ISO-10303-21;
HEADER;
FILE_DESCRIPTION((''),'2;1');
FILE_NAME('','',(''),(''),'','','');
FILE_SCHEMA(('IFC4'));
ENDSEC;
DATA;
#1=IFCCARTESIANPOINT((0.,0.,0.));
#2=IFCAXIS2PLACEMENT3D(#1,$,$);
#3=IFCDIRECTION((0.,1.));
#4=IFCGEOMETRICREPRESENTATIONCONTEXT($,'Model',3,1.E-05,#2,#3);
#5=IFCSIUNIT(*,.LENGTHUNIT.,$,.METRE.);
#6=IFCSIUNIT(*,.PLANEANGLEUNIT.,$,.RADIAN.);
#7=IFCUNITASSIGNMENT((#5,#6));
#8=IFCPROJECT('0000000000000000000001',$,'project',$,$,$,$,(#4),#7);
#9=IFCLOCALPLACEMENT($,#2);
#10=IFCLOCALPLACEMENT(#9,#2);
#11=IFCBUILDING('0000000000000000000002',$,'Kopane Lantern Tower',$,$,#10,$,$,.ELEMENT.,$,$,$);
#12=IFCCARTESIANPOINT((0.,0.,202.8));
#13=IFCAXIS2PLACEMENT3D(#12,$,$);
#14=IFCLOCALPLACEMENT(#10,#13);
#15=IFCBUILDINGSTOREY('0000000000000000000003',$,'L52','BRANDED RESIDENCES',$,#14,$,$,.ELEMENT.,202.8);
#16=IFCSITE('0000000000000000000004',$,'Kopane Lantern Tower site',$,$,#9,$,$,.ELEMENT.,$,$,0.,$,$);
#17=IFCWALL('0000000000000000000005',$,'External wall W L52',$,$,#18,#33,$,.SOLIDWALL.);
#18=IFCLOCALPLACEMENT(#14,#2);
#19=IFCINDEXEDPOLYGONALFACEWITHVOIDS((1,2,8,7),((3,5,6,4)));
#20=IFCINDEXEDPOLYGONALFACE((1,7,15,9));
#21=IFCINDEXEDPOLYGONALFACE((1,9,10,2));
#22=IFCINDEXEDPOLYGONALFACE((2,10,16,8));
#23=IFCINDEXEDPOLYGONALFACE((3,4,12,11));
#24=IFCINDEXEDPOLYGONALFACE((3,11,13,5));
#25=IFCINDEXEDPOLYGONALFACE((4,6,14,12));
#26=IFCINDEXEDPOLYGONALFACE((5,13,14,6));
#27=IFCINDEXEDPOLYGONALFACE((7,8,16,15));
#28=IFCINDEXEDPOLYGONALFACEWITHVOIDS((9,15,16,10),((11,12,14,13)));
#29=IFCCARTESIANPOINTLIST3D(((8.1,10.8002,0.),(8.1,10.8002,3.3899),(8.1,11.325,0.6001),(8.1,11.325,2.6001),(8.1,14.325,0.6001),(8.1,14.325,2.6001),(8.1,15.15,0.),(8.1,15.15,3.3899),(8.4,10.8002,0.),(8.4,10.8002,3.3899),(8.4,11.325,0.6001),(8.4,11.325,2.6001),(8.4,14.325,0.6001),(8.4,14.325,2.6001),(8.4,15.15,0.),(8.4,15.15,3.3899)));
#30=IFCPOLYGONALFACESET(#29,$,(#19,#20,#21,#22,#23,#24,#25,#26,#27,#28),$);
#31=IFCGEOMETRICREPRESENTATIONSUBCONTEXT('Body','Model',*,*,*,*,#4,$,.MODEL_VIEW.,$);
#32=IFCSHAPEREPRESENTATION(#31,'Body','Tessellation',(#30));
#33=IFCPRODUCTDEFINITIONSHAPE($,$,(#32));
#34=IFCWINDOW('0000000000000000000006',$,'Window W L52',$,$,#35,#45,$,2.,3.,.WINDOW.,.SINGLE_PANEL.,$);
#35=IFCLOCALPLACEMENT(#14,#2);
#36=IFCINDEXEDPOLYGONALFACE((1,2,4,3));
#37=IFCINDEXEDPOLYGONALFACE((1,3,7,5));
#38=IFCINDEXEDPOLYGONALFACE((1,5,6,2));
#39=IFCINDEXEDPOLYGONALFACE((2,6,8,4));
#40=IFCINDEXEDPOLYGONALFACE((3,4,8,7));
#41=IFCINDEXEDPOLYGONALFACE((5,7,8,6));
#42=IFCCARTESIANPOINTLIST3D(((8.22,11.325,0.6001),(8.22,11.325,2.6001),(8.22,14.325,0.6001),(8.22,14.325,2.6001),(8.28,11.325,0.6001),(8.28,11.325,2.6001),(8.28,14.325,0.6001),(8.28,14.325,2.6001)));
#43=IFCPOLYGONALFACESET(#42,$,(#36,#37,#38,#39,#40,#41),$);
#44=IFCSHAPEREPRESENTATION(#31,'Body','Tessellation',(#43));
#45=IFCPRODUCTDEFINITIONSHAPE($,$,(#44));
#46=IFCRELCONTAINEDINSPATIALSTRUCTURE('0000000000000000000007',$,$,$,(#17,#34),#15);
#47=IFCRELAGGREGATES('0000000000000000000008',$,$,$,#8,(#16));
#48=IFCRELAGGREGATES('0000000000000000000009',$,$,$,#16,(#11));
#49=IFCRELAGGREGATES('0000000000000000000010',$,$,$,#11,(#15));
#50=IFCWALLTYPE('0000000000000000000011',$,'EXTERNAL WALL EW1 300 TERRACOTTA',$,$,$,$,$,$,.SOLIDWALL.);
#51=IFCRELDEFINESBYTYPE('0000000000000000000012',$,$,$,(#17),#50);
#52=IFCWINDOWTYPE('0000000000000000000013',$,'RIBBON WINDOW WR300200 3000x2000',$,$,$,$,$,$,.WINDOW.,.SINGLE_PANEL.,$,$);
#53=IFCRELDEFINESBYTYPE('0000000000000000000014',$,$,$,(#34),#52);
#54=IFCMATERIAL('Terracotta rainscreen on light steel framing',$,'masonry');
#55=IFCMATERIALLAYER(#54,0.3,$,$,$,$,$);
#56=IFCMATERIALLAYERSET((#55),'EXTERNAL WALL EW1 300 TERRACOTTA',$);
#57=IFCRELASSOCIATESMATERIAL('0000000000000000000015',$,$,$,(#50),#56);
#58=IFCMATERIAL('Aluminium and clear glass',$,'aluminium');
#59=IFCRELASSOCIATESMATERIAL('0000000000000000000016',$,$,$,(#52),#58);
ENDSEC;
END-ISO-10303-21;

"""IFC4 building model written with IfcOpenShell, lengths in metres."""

from ifc_helpers import new_model, si_unit, direction, frame, frame_2d, origin, place, context, subcontext, project, spatial, rectangle, extrude, material, layer, layer_set, type_object, element, fill, save


model = new_model("IFC4")

# Units and contexts
model_context = context("Model", 3, precision=1e-05, world=origin(), true_north=direction((0.0, 1.0)))
body_context = subcontext(model_context, "Body", "Model", "MODEL_VIEW")
ifc_project = project(units=[si_unit("LENGTHUNIT", "METRE"), si_unit("PLANEANGLEUNIT", "RADIAN")], contexts=[model_context])

# Site, building, storey
site_placement = place(None, origin())
site = spatial("IfcSite", under=ifc_project, at=site_placement, Name="Kopane Lantern Tower site", CompositionType="ELEMENT", RefElevation=0.0)
building_placement = place(site_placement, origin())
building = spatial("IfcBuilding", under=site, at=building_placement, Name="Kopane Lantern Tower", CompositionType="ELEMENT")
storey_placement = place(building_placement, frame((0.0, 0.0, 202.8)))
storey = spatial("IfcBuildingStorey", under=building, at=storey_placement, Name="L52", Description="BRANDED RESIDENCES", CompositionType="ELEMENT", Elevation=202.8)

# Shared definitions
ifc_material_1 = material(Name="Terracotta rainscreen on light steel framing", Category="masonry")
ifc_layer = layer(ifc_material_1, 0.3)
ifc_layer_set = layer_set([ifc_layer], Name="EXTERNAL WALL EW1 300 TERRACOTTA")
wall_type = type_object("IfcWallType", Name="EXTERNAL WALL EW1 300 TERRACOTTA", PredefinedType="SOLIDWALL", material=ifc_layer_set)

# Wall, opening, window
wall_1_placement = place(storey_placement, frame((8.25, 15.1499, 0.0), z_axis=(0.0, 0.0, 1.0), x_axis=(0.0, -1.0, 0.0)))
wall_1 = element("IfcWall", 1, at=wall_1_placement, inside=storey, type_object=wall_type, Name="External wall W L52", PredefinedType="SOLIDWALL", context=body_context, shape_type="SweptSolid", body=[
    extrude(rectangle(XDim=4.3499, YDim=0.3, at=frame_2d((2.1748, 0.0))), origin(), (0.0, 0.0, 1.0), 3.3899),
])
opening_1_placement = place(wall_1_placement, frame((0.825, 0.0, 0.6001)))
opening_1 = element("IfcOpeningElement", 2, at=opening_1_placement, cuts=wall_1, PredefinedType="OPENING", context=body_context, shape_type="SweptSolid", body=[
    extrude(rectangle(XDim=3.0, YDim=2.0, at=frame_2d((1.5, 1.0))), frame((0.0, 0.1599, 0.0), z_axis=(0.0, -1.0, 0.0), x_axis=(1.0, 0.0, 0.0)), (0.0, 0.0, 1.0), 0.3201),
])
ifc_material_2 = material(Name="Aluminium and clear glass", Category="aluminium")
window_type_1 = type_object("IfcWindowType", Name="RIBBON WINDOW WR300200 3000x2000", PartitioningType="SINGLE_PANEL", PredefinedType="WINDOW", material=ifc_material_2)
window_1_placement = place(opening_1_placement, origin())
window_1 = element("IfcWindow", 3, at=window_1_placement, inside=storey, type_object=window_type_1, Name="Window W L52", OverallHeight=2.0, OverallWidth=3.0, PartitioningType="SINGLE_PANEL", PredefinedType="WINDOW", context=body_context, shape_type="SweptSolid", body=[
    extrude(rectangle(XDim=3.0, YDim=2.0, at=frame_2d((1.5, 1.0))), frame((0.0, 0.03, 0.0), z_axis=(0.0, -1.0, 0.0), x_axis=(1.0, 0.0, 0.0)), (0.0, 0.0, 1.0), 0.0601),
])
fill(opening_1, window_1)

save(model, "model.ifc")
